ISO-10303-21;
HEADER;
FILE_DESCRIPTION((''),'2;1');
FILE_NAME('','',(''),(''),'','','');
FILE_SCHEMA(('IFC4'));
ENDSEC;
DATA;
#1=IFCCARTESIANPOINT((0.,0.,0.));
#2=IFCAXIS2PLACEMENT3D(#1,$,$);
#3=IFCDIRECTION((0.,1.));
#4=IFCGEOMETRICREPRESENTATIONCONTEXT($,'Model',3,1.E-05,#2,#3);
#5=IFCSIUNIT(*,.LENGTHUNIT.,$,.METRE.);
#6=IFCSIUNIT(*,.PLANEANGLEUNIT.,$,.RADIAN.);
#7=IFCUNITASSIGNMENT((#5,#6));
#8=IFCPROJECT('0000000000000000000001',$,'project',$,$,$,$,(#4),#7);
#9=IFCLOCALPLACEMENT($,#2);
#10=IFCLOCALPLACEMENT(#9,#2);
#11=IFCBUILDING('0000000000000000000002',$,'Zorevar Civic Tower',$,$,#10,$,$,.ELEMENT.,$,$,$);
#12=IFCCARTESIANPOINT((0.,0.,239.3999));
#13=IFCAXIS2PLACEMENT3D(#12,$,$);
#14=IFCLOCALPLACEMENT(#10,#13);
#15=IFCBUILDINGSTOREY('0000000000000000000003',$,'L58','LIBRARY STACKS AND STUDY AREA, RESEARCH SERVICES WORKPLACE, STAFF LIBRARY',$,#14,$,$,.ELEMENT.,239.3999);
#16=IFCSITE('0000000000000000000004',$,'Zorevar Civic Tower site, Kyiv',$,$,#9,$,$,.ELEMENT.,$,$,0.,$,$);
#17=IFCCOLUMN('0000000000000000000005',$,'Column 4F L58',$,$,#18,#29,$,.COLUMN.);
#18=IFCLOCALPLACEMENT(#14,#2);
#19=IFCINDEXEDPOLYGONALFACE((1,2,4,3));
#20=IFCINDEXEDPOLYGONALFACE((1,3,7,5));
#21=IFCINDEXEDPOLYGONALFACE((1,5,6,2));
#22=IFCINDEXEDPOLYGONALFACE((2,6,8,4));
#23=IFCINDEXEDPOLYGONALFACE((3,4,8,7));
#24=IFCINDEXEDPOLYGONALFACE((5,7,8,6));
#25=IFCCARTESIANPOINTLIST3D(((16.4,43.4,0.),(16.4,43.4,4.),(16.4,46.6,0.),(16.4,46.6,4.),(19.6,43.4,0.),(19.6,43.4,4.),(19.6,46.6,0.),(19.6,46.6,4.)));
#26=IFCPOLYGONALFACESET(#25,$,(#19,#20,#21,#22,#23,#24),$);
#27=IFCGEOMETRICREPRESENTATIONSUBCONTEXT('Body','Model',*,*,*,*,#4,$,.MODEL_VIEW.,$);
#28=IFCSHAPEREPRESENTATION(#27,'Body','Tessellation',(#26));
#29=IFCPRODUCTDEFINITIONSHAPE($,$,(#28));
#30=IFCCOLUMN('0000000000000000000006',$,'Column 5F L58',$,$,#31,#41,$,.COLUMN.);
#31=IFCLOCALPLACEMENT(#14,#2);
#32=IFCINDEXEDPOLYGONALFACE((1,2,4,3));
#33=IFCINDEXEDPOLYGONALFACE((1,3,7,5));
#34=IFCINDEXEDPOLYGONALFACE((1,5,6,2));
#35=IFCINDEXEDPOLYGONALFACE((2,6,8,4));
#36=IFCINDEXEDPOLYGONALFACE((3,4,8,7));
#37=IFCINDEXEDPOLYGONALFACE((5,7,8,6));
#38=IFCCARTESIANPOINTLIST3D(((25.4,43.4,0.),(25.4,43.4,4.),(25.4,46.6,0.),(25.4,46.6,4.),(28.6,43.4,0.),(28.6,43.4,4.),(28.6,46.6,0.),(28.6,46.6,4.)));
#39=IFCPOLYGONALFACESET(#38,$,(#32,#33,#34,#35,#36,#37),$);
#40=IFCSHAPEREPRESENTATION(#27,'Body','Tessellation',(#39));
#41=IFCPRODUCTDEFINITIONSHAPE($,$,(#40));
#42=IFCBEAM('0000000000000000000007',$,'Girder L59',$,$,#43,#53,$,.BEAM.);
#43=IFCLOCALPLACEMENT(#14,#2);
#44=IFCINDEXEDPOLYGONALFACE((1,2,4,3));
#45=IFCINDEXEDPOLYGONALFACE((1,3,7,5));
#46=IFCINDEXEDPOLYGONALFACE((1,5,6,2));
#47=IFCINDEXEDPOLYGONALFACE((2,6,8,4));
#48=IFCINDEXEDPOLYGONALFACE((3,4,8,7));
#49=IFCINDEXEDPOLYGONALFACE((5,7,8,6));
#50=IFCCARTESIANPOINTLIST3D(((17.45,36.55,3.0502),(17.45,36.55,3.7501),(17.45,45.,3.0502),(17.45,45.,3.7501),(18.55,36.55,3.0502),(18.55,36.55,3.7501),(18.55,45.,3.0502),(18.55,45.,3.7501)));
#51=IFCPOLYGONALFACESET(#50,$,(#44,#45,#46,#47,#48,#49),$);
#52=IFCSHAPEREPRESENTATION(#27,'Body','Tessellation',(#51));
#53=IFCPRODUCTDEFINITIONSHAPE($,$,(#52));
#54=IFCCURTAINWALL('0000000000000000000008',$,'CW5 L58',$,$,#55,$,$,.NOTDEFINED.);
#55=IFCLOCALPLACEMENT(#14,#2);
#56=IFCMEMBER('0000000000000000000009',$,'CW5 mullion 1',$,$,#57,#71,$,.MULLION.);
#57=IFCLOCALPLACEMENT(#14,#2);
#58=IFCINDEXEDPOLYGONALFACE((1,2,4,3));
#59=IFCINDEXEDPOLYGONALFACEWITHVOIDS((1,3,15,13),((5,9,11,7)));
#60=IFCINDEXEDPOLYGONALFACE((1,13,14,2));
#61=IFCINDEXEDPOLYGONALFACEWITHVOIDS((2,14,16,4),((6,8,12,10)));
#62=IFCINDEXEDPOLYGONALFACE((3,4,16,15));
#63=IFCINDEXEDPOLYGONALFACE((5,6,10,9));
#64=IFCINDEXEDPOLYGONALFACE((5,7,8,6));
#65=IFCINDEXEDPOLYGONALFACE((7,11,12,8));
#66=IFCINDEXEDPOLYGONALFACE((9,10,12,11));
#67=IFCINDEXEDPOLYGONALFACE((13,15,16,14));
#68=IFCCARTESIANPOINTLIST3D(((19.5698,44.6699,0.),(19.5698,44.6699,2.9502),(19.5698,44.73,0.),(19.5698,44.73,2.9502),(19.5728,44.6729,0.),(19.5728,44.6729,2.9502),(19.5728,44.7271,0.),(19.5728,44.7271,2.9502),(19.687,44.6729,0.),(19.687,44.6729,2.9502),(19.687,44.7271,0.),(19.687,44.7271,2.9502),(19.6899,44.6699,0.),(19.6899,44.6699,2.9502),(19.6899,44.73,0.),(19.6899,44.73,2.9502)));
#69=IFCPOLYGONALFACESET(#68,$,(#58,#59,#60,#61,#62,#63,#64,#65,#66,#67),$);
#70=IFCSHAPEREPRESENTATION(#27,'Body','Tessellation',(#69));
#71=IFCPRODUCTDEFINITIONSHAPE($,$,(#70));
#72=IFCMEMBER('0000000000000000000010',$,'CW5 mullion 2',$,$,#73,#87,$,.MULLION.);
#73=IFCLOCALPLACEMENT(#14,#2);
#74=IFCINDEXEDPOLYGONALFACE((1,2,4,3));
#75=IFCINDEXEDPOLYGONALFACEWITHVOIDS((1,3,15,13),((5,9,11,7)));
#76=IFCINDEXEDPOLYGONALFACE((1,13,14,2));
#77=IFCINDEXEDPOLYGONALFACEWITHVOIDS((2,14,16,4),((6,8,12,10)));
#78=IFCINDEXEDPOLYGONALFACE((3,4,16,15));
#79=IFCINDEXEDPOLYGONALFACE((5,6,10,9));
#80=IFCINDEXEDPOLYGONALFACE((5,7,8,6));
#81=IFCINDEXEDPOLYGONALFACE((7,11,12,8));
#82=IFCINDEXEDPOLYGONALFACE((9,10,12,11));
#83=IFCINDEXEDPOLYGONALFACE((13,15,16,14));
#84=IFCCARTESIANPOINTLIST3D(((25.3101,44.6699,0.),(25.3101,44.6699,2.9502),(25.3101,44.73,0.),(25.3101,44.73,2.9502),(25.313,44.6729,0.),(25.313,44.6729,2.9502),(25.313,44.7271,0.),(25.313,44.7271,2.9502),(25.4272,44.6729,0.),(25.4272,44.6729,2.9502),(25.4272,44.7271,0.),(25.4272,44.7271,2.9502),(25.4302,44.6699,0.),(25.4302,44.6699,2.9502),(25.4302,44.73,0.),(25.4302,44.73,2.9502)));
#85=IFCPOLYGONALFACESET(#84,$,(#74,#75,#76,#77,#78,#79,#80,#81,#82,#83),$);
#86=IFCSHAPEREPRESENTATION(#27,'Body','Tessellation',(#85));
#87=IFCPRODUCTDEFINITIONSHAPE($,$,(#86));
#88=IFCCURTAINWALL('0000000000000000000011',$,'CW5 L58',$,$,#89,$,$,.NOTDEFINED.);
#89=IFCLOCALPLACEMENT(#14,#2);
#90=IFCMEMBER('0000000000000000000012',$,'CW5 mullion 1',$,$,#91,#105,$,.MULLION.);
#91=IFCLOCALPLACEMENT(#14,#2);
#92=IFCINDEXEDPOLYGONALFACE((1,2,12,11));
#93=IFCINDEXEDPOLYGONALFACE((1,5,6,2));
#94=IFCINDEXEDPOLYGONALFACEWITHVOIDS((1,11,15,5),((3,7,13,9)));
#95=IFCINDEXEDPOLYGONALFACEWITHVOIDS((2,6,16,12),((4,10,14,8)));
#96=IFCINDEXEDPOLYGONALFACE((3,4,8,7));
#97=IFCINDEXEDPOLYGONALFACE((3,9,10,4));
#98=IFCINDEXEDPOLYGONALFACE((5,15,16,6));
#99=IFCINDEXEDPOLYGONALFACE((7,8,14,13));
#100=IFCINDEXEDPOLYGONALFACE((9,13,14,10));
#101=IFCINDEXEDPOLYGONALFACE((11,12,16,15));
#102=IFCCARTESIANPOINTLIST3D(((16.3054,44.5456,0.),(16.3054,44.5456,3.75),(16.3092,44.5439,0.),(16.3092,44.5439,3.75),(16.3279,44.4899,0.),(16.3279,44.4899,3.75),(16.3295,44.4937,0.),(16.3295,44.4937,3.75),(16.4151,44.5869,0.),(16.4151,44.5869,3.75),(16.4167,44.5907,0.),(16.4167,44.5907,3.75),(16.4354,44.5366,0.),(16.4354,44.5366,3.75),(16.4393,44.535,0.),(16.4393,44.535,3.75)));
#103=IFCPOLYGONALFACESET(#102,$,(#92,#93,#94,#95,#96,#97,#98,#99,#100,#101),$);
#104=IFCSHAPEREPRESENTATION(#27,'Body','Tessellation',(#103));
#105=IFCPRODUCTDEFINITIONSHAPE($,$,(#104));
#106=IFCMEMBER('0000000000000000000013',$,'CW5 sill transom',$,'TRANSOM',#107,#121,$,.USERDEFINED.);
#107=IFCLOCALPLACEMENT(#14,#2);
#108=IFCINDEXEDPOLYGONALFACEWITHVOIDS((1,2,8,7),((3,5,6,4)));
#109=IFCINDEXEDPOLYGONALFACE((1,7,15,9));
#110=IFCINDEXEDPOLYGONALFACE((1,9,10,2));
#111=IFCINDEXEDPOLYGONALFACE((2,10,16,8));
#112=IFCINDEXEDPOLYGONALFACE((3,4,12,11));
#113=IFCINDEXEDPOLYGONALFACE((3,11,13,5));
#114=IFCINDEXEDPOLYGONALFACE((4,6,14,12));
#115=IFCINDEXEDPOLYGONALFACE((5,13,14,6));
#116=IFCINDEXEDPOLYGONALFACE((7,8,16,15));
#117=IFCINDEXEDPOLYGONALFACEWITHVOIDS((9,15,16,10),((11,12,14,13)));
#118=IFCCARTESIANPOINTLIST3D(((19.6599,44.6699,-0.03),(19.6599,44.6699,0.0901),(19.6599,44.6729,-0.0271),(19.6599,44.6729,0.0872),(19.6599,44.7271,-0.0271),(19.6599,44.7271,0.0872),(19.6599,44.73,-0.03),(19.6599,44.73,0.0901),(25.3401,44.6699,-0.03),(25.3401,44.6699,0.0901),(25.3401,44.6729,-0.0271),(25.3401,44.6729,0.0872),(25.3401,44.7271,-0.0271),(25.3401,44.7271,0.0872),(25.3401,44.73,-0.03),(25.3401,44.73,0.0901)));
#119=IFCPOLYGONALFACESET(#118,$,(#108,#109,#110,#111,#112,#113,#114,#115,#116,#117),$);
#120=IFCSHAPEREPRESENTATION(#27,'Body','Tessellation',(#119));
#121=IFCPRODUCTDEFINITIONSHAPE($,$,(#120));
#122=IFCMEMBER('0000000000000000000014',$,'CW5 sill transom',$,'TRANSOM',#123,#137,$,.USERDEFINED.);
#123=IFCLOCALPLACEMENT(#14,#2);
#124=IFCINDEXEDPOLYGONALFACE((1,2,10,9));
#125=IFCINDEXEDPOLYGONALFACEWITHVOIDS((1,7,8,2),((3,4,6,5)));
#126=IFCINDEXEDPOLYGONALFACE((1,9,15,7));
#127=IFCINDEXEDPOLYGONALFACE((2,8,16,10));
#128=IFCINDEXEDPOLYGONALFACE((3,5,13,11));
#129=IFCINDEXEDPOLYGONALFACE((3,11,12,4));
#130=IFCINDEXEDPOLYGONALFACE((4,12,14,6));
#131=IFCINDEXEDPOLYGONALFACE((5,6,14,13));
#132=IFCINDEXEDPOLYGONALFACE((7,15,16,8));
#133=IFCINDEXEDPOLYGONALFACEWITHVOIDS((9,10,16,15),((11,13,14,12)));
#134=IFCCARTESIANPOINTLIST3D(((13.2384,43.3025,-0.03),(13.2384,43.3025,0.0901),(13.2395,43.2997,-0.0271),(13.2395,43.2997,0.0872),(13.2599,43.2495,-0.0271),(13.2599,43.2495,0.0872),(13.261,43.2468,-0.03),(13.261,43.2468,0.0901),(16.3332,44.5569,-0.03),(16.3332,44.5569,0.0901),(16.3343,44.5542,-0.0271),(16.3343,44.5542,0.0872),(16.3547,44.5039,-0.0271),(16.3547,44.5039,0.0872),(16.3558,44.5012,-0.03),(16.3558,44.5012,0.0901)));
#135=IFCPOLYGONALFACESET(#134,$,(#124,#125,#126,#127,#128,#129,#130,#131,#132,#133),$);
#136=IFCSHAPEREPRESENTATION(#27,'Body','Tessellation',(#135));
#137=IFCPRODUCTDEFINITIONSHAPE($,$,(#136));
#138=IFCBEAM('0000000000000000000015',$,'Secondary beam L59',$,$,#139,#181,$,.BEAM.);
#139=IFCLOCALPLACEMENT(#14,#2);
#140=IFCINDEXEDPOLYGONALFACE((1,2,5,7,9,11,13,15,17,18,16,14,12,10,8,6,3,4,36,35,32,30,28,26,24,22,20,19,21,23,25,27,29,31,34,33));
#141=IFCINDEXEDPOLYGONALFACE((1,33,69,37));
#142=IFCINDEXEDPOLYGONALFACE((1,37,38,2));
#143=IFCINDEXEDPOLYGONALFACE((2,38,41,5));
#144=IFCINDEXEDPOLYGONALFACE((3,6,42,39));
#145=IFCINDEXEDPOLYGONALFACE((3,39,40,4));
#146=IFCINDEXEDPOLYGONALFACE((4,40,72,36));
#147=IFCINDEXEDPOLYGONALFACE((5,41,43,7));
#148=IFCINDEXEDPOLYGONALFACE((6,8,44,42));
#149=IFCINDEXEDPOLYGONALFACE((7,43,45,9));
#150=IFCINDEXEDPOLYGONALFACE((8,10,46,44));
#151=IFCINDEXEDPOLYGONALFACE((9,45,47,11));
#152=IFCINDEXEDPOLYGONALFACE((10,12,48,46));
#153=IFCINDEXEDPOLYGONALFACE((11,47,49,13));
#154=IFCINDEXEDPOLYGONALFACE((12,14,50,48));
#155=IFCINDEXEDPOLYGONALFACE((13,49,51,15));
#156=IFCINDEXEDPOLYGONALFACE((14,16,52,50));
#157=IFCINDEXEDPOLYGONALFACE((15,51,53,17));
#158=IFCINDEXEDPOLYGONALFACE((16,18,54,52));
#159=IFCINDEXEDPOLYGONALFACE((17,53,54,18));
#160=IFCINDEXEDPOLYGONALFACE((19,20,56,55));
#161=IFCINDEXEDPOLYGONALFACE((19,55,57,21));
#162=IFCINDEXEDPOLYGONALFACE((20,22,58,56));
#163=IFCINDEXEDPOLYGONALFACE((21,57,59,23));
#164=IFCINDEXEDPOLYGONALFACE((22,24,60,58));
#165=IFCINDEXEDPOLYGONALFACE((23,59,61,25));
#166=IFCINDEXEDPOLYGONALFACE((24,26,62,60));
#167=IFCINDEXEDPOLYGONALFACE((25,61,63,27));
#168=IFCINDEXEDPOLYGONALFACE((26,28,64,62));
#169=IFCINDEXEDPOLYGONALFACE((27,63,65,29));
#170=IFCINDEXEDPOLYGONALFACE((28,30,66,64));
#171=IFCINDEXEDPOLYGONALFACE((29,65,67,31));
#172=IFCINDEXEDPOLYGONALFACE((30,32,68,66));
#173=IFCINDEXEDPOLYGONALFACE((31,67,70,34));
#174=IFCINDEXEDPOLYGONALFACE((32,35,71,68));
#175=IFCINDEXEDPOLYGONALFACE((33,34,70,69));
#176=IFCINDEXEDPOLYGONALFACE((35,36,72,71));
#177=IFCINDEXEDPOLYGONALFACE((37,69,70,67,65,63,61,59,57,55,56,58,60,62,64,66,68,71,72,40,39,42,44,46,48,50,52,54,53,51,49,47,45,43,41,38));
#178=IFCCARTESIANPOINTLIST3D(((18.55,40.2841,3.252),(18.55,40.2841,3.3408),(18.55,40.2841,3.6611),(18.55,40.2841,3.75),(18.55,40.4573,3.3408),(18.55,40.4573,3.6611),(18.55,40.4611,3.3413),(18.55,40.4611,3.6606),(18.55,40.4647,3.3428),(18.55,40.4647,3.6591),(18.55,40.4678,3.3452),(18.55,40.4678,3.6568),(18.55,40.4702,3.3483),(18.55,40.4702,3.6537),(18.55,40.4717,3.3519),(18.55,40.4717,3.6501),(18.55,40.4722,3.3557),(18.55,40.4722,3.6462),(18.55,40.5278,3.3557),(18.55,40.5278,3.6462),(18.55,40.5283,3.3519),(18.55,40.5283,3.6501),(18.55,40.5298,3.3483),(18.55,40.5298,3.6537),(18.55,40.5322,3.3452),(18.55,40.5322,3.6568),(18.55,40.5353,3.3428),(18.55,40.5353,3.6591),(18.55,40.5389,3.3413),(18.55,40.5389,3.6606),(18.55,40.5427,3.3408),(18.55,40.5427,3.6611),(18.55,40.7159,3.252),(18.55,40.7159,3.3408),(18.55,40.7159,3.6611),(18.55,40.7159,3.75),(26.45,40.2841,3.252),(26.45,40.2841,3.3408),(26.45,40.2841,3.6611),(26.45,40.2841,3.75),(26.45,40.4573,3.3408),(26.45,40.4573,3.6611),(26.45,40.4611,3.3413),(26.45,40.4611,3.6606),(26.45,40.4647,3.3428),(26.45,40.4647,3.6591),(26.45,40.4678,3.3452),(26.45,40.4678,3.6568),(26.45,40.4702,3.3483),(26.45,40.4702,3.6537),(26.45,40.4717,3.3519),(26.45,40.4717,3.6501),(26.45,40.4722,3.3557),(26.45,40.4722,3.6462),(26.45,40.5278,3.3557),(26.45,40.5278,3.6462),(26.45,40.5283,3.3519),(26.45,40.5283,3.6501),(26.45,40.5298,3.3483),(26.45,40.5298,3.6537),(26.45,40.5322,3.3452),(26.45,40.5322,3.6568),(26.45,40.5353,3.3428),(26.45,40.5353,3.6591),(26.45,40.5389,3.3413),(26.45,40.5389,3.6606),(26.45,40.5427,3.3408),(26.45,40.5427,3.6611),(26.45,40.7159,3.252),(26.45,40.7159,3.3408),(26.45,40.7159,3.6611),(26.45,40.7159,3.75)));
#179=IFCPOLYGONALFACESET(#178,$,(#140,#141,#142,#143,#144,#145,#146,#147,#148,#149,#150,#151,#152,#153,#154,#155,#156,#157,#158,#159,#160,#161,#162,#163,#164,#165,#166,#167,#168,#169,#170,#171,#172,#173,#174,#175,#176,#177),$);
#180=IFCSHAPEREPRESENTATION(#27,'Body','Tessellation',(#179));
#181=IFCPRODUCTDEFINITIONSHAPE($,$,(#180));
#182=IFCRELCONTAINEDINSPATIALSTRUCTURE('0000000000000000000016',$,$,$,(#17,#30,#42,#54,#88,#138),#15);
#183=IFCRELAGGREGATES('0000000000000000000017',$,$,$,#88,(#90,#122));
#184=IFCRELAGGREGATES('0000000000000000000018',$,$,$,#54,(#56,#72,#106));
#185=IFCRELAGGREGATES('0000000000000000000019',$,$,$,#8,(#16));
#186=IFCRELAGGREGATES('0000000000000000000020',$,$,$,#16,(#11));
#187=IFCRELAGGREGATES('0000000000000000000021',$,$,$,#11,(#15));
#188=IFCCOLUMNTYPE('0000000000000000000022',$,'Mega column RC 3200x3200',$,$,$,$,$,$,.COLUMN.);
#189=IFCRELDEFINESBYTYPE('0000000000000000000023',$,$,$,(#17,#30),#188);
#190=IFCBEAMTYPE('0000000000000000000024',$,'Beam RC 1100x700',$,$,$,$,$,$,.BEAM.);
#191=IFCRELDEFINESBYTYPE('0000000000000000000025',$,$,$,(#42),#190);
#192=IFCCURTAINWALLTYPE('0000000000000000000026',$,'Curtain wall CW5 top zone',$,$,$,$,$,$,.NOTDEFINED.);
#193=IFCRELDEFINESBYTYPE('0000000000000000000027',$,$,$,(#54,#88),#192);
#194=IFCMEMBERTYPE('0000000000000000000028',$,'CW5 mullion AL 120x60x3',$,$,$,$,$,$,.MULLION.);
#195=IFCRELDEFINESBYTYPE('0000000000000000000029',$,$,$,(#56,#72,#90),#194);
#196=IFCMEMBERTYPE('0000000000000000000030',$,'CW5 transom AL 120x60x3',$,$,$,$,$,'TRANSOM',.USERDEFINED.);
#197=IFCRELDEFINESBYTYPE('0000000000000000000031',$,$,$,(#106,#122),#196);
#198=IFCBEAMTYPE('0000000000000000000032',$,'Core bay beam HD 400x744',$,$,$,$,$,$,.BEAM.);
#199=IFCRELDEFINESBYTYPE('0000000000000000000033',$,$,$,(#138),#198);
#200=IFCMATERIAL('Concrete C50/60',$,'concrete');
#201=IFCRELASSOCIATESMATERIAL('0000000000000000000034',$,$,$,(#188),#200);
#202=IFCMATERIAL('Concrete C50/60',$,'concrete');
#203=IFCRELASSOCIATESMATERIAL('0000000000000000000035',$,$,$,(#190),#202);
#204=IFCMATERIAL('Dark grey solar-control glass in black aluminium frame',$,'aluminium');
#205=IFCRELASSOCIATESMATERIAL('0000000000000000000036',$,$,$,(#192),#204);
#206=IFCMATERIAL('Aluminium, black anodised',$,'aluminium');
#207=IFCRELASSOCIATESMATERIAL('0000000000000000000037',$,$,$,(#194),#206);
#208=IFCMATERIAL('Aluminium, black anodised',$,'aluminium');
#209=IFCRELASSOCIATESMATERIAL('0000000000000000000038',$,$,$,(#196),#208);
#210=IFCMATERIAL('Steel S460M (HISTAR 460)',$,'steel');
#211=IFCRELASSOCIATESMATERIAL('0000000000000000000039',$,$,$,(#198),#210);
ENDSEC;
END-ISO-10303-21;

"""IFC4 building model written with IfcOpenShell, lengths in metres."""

from ifc_helpers import new_model, si_unit, direction, frame, origin, origin_2d, place, context, subcontext, project, spatial, rectangle, hollow_rectangle, i_section, extrude, material, material_profile, profile_set, type_object, element, aggregate, save


model = new_model("IFC4")

# Units and contexts
model_context = context("Model", 3, precision=1e-05, world=origin(), true_north=direction((0.0, 1.0)))
body_context = subcontext(model_context, "Body", "Model", "MODEL_VIEW")
ifc_project = project(units=[si_unit("LENGTHUNIT", "METRE"), si_unit("PLANEANGLEUNIT", "RADIAN")], contexts=[model_context])

# Site, building, storey
site_placement = place(None, origin())
site = spatial("IfcSite", under=ifc_project, at=site_placement, Name="Zorevar Civic Tower site, Kyiv", CompositionType="ELEMENT", RefElevation=0.0)
building_placement = place(site_placement, origin())
building = spatial("IfcBuilding", under=site, at=building_placement, Name="Zorevar Civic Tower", CompositionType="ELEMENT")
storey_placement = place(building_placement, frame((0.0, 0.0, 239.3999)))
storey = spatial("IfcBuildingStorey", under=building, at=storey_placement, Name="L58", Description="LIBRARY STACKS AND STUDY AREA, RESEARCH SERVICES WORKPLACE, STAFF LIBRARY", CompositionType="ELEMENT", Elevation=239.3999)

# Columns
ifc_material_1 = material(Name="Concrete C50/60", Category="concrete")
ifc_material_profile_1 = material_profile(ifc_material_1, rectangle(XDim=3.2, YDim=3.2, at=origin_2d()), Name="RC 3200x3200")
ifc_profile_set_1 = profile_set([ifc_material_profile_1], Name="Concrete C50/60")
column_type = type_object("IfcColumnType", Name="Mega column RC 3200x3200", PredefinedType="COLUMN", material=ifc_profile_set_1)
for number, where, z_axis, x_axis, name in (
    (1, (18.0, 45.0, 0.0), (0.0, 0.0, 1.0), (1.0, 0.0, 0.0), "Column 4F L58"),
    (2, (27.0, 45.0, 0.0), (0.0, 0.0, 1.0), (1.0, 0.0, 0.0), "Column 5F L58"),
):
    element("IfcColumn", number, at=place(storey_placement, frame(where, z_axis=z_axis, x_axis=x_axis)), inside=storey, type_object=column_type, Name=name, PredefinedType="COLUMN", context=body_context, shape_type="SweptSolid", body=[
        extrude(rectangle(XDim=3.2, YDim=3.2, at=origin_2d()), origin(), (0.0, 0.0, 1.0), 4.0),
    ])

# Beam
ifc_material_2 = material(Name="Concrete C50/60", Category="concrete")
ifc_material_profile_2 = material_profile(ifc_material_2, rectangle(XDim=1.1001, YDim=0.7, at=origin_2d()), Name="RC 1100x700")
ifc_profile_set_2 = profile_set([ifc_material_profile_2], Name="Concrete C50/60")
beam_type_1 = type_object("IfcBeamType", Name="Beam RC 1100x700", PredefinedType="BEAM", material=ifc_profile_set_2)
beam_1_placement = place(storey_placement, frame((18.0, 36.55, 3.4001), z_axis=(0.0, 1.0, 0.0), x_axis=(-1.0, 0.0, 0.0)))
element("IfcBeam", 3, at=beam_1_placement, inside=storey, type_object=beam_type_1, Name="Girder L59", PredefinedType="BEAM", context=body_context, shape_type="SweptSolid", body=[
    extrude(rectangle(XDim=1.1001, YDim=0.7, at=origin_2d()), origin(), (0.0, 0.0, 1.0), 8.45),
])

# Curtain wall, members
ifc_material_3 = material(Name="Dark grey solar-control glass in black aluminium frame", Category="aluminium")
curtain_wall_type = type_object("IfcCurtainWallType", Name="Curtain wall CW5 top zone", PredefinedType="NOTDEFINED", material=ifc_material_3)
curtain_wall_1_placement = place(storey_placement, origin())
curtain_wall_1 = element("IfcCurtainWall", 4, at=curtain_wall_1_placement, inside=storey, type_object=curtain_wall_type, Name="CW5 L58", PredefinedType="NOTDEFINED")
ifc_material_4 = material(Name="Aluminium, black anodised", Category="aluminium")
ifc_material_profile_3 = material_profile(ifc_material_4, hollow_rectangle(XDim=0.0601, YDim=0.1201, WallThickness=0.0029, at=origin_2d()), Name="AL 120x60x3")
ifc_profile_set_3 = profile_set([ifc_material_profile_3], Name="Aluminium, black anodised")
member_type_1 = type_object("IfcMemberType", Name="CW5 mullion AL 120x60x3", PredefinedType="MULLION", material=ifc_profile_set_3)
member_1_placement = place(storey_placement, frame((19.6299, 44.7, 0.0), z_axis=(0.0, 0.0, 1.0), x_axis=(0.0, 1.0, 0.0)))
member_1 = element("IfcMember", 5, at=member_1_placement, type_object=member_type_1, Name="CW5 mullion 1", PredefinedType="MULLION", context=body_context, shape_type="SweptSolid", body=[
    extrude(hollow_rectangle(XDim=0.0601, YDim=0.1201, WallThickness=0.0029, at=origin_2d()), origin(), (0.0, 0.0, 1.0), 2.9502),
])
member_2_placement = place(storey_placement, frame((25.3701, 44.7, 0.0), z_axis=(0.0, 0.0, 1.0), x_axis=(0.0, 1.0, 0.0)))
member_2 = element("IfcMember", 6, at=member_2_placement, type_object=member_type_1, Name="CW5 mullion 2", PredefinedType="MULLION", context=body_context, shape_type="SweptSolid", body=[
    extrude(hollow_rectangle(XDim=0.0601, YDim=0.1201, WallThickness=0.0029, at=origin_2d()), origin(), (0.0, 0.0, 1.0), 2.9502),
])

# Curtain wall, member
curtain_wall_2_placement = place(storey_placement, origin())
curtain_wall_2 = element("IfcCurtainWall", 7, at=curtain_wall_2_placement, inside=storey, type_object=curtain_wall_type, Name="CW5 L58", PredefinedType="NOTDEFINED")
member_3_placement = place(storey_placement, frame((16.3723, 44.5403, 0.0), z_axis=(0.0, 0.0, 1.0), x_axis=(0.37565, -0.926762, 0.0)))
member_3 = element("IfcMember", 8, at=member_3_placement, type_object=member_type_1, Name="CW5 mullion 1", PredefinedType="MULLION", context=body_context, shape_type="SweptSolid", body=[
    extrude(hollow_rectangle(XDim=0.0601, YDim=0.1201, WallThickness=0.0029, at=origin_2d()), origin(), (0.0, 0.0, 1.0), 3.75),
])

# Members
ifc_material_5 = material(Name="Aluminium, black anodised", Category="aluminium")
ifc_material_profile_4 = material_profile(ifc_material_5, hollow_rectangle(XDim=0.0601, YDim=0.1201, WallThickness=0.0029, at=origin_2d()), Name="AL 120x60x3")
ifc_profile_set_4 = profile_set([ifc_material_profile_4], Name="Aluminium, black anodised")
member_type_2 = type_object("IfcMemberType", Name="CW5 transom AL 120x60x3", ElementType="TRANSOM", PredefinedType="USERDEFINED", material=ifc_profile_set_4)
member_4_placement = place(storey_placement, frame((19.6599, 44.7, 0.03), z_axis=(1.0, 0.0, 0.0), x_axis=(0.0, 1.0, 0.0)))
member_4 = element("IfcMember", 9, at=member_4_placement, type_object=member_type_2, Name="CW5 sill transom", ObjectType="TRANSOM", PredefinedType="USERDEFINED", context=body_context, shape_type="SweptSolid", body=[
    extrude(hollow_rectangle(XDim=0.0601, YDim=0.1201, WallThickness=0.0029, at=origin_2d()), origin(), (0.0, 0.0, 1.0), 5.6802),
])
member_5_placement = place(storey_placement, frame((16.3445, 44.5291, 0.03), z_axis=(-0.926763, -0.375647, 0.0), x_axis=(0.375647, -0.926763, 0.0)))
member_5 = element("IfcMember", 10, at=member_5_placement, type_object=member_type_2, Name="CW5 sill transom", ObjectType="TRANSOM", PredefinedType="USERDEFINED", context=body_context, shape_type="SweptSolid", body=[
    extrude(hollow_rectangle(XDim=0.0601, YDim=0.1201, WallThickness=0.0029, at=origin_2d()), origin(), (0.0, 0.0, 1.0), 3.3394),
])
aggregate(curtain_wall_2, [member_3, member_5])

# Beam
ifc_material_6 = material(Name="Steel S460M (HISTAR 460)", Category="steel")
ifc_material_profile_5 = material_profile(ifc_material_6, i_section(OverallWidth=0.4319, OverallDepth=0.498, WebThickness=0.0557, FlangeThickness=0.0889, FilletRadius=0.0149, at=origin_2d()), Name="HD 400x744")
ifc_profile_set_5 = profile_set([ifc_material_profile_5], Name="Steel S460M (HISTAR 460)")
beam_type_2 = type_object("IfcBeamType", Name="Core bay beam HD 400x744", PredefinedType="BEAM", material=ifc_profile_set_5)
beam_2_placement = place(storey_placement, frame((18.55, 40.5, 3.501), z_axis=(1.0, 0.0, 0.0), x_axis=(0.0, 1.0, 0.0)))
element("IfcBeam", 11, at=beam_2_placement, inside=storey, type_object=beam_type_2, Name="Secondary beam L59", PredefinedType="BEAM", context=body_context, shape_type="SweptSolid", body=[
    extrude(i_section(OverallWidth=0.4319, OverallDepth=0.498, WebThickness=0.0557, FlangeThickness=0.0889, FilletRadius=0.0149, at=origin_2d()), origin(), (0.0, 0.0, 1.0), 7.8999),
])

aggregate(curtain_wall_1, [member_1, member_2, member_4])

save(model, "model.ifc")
